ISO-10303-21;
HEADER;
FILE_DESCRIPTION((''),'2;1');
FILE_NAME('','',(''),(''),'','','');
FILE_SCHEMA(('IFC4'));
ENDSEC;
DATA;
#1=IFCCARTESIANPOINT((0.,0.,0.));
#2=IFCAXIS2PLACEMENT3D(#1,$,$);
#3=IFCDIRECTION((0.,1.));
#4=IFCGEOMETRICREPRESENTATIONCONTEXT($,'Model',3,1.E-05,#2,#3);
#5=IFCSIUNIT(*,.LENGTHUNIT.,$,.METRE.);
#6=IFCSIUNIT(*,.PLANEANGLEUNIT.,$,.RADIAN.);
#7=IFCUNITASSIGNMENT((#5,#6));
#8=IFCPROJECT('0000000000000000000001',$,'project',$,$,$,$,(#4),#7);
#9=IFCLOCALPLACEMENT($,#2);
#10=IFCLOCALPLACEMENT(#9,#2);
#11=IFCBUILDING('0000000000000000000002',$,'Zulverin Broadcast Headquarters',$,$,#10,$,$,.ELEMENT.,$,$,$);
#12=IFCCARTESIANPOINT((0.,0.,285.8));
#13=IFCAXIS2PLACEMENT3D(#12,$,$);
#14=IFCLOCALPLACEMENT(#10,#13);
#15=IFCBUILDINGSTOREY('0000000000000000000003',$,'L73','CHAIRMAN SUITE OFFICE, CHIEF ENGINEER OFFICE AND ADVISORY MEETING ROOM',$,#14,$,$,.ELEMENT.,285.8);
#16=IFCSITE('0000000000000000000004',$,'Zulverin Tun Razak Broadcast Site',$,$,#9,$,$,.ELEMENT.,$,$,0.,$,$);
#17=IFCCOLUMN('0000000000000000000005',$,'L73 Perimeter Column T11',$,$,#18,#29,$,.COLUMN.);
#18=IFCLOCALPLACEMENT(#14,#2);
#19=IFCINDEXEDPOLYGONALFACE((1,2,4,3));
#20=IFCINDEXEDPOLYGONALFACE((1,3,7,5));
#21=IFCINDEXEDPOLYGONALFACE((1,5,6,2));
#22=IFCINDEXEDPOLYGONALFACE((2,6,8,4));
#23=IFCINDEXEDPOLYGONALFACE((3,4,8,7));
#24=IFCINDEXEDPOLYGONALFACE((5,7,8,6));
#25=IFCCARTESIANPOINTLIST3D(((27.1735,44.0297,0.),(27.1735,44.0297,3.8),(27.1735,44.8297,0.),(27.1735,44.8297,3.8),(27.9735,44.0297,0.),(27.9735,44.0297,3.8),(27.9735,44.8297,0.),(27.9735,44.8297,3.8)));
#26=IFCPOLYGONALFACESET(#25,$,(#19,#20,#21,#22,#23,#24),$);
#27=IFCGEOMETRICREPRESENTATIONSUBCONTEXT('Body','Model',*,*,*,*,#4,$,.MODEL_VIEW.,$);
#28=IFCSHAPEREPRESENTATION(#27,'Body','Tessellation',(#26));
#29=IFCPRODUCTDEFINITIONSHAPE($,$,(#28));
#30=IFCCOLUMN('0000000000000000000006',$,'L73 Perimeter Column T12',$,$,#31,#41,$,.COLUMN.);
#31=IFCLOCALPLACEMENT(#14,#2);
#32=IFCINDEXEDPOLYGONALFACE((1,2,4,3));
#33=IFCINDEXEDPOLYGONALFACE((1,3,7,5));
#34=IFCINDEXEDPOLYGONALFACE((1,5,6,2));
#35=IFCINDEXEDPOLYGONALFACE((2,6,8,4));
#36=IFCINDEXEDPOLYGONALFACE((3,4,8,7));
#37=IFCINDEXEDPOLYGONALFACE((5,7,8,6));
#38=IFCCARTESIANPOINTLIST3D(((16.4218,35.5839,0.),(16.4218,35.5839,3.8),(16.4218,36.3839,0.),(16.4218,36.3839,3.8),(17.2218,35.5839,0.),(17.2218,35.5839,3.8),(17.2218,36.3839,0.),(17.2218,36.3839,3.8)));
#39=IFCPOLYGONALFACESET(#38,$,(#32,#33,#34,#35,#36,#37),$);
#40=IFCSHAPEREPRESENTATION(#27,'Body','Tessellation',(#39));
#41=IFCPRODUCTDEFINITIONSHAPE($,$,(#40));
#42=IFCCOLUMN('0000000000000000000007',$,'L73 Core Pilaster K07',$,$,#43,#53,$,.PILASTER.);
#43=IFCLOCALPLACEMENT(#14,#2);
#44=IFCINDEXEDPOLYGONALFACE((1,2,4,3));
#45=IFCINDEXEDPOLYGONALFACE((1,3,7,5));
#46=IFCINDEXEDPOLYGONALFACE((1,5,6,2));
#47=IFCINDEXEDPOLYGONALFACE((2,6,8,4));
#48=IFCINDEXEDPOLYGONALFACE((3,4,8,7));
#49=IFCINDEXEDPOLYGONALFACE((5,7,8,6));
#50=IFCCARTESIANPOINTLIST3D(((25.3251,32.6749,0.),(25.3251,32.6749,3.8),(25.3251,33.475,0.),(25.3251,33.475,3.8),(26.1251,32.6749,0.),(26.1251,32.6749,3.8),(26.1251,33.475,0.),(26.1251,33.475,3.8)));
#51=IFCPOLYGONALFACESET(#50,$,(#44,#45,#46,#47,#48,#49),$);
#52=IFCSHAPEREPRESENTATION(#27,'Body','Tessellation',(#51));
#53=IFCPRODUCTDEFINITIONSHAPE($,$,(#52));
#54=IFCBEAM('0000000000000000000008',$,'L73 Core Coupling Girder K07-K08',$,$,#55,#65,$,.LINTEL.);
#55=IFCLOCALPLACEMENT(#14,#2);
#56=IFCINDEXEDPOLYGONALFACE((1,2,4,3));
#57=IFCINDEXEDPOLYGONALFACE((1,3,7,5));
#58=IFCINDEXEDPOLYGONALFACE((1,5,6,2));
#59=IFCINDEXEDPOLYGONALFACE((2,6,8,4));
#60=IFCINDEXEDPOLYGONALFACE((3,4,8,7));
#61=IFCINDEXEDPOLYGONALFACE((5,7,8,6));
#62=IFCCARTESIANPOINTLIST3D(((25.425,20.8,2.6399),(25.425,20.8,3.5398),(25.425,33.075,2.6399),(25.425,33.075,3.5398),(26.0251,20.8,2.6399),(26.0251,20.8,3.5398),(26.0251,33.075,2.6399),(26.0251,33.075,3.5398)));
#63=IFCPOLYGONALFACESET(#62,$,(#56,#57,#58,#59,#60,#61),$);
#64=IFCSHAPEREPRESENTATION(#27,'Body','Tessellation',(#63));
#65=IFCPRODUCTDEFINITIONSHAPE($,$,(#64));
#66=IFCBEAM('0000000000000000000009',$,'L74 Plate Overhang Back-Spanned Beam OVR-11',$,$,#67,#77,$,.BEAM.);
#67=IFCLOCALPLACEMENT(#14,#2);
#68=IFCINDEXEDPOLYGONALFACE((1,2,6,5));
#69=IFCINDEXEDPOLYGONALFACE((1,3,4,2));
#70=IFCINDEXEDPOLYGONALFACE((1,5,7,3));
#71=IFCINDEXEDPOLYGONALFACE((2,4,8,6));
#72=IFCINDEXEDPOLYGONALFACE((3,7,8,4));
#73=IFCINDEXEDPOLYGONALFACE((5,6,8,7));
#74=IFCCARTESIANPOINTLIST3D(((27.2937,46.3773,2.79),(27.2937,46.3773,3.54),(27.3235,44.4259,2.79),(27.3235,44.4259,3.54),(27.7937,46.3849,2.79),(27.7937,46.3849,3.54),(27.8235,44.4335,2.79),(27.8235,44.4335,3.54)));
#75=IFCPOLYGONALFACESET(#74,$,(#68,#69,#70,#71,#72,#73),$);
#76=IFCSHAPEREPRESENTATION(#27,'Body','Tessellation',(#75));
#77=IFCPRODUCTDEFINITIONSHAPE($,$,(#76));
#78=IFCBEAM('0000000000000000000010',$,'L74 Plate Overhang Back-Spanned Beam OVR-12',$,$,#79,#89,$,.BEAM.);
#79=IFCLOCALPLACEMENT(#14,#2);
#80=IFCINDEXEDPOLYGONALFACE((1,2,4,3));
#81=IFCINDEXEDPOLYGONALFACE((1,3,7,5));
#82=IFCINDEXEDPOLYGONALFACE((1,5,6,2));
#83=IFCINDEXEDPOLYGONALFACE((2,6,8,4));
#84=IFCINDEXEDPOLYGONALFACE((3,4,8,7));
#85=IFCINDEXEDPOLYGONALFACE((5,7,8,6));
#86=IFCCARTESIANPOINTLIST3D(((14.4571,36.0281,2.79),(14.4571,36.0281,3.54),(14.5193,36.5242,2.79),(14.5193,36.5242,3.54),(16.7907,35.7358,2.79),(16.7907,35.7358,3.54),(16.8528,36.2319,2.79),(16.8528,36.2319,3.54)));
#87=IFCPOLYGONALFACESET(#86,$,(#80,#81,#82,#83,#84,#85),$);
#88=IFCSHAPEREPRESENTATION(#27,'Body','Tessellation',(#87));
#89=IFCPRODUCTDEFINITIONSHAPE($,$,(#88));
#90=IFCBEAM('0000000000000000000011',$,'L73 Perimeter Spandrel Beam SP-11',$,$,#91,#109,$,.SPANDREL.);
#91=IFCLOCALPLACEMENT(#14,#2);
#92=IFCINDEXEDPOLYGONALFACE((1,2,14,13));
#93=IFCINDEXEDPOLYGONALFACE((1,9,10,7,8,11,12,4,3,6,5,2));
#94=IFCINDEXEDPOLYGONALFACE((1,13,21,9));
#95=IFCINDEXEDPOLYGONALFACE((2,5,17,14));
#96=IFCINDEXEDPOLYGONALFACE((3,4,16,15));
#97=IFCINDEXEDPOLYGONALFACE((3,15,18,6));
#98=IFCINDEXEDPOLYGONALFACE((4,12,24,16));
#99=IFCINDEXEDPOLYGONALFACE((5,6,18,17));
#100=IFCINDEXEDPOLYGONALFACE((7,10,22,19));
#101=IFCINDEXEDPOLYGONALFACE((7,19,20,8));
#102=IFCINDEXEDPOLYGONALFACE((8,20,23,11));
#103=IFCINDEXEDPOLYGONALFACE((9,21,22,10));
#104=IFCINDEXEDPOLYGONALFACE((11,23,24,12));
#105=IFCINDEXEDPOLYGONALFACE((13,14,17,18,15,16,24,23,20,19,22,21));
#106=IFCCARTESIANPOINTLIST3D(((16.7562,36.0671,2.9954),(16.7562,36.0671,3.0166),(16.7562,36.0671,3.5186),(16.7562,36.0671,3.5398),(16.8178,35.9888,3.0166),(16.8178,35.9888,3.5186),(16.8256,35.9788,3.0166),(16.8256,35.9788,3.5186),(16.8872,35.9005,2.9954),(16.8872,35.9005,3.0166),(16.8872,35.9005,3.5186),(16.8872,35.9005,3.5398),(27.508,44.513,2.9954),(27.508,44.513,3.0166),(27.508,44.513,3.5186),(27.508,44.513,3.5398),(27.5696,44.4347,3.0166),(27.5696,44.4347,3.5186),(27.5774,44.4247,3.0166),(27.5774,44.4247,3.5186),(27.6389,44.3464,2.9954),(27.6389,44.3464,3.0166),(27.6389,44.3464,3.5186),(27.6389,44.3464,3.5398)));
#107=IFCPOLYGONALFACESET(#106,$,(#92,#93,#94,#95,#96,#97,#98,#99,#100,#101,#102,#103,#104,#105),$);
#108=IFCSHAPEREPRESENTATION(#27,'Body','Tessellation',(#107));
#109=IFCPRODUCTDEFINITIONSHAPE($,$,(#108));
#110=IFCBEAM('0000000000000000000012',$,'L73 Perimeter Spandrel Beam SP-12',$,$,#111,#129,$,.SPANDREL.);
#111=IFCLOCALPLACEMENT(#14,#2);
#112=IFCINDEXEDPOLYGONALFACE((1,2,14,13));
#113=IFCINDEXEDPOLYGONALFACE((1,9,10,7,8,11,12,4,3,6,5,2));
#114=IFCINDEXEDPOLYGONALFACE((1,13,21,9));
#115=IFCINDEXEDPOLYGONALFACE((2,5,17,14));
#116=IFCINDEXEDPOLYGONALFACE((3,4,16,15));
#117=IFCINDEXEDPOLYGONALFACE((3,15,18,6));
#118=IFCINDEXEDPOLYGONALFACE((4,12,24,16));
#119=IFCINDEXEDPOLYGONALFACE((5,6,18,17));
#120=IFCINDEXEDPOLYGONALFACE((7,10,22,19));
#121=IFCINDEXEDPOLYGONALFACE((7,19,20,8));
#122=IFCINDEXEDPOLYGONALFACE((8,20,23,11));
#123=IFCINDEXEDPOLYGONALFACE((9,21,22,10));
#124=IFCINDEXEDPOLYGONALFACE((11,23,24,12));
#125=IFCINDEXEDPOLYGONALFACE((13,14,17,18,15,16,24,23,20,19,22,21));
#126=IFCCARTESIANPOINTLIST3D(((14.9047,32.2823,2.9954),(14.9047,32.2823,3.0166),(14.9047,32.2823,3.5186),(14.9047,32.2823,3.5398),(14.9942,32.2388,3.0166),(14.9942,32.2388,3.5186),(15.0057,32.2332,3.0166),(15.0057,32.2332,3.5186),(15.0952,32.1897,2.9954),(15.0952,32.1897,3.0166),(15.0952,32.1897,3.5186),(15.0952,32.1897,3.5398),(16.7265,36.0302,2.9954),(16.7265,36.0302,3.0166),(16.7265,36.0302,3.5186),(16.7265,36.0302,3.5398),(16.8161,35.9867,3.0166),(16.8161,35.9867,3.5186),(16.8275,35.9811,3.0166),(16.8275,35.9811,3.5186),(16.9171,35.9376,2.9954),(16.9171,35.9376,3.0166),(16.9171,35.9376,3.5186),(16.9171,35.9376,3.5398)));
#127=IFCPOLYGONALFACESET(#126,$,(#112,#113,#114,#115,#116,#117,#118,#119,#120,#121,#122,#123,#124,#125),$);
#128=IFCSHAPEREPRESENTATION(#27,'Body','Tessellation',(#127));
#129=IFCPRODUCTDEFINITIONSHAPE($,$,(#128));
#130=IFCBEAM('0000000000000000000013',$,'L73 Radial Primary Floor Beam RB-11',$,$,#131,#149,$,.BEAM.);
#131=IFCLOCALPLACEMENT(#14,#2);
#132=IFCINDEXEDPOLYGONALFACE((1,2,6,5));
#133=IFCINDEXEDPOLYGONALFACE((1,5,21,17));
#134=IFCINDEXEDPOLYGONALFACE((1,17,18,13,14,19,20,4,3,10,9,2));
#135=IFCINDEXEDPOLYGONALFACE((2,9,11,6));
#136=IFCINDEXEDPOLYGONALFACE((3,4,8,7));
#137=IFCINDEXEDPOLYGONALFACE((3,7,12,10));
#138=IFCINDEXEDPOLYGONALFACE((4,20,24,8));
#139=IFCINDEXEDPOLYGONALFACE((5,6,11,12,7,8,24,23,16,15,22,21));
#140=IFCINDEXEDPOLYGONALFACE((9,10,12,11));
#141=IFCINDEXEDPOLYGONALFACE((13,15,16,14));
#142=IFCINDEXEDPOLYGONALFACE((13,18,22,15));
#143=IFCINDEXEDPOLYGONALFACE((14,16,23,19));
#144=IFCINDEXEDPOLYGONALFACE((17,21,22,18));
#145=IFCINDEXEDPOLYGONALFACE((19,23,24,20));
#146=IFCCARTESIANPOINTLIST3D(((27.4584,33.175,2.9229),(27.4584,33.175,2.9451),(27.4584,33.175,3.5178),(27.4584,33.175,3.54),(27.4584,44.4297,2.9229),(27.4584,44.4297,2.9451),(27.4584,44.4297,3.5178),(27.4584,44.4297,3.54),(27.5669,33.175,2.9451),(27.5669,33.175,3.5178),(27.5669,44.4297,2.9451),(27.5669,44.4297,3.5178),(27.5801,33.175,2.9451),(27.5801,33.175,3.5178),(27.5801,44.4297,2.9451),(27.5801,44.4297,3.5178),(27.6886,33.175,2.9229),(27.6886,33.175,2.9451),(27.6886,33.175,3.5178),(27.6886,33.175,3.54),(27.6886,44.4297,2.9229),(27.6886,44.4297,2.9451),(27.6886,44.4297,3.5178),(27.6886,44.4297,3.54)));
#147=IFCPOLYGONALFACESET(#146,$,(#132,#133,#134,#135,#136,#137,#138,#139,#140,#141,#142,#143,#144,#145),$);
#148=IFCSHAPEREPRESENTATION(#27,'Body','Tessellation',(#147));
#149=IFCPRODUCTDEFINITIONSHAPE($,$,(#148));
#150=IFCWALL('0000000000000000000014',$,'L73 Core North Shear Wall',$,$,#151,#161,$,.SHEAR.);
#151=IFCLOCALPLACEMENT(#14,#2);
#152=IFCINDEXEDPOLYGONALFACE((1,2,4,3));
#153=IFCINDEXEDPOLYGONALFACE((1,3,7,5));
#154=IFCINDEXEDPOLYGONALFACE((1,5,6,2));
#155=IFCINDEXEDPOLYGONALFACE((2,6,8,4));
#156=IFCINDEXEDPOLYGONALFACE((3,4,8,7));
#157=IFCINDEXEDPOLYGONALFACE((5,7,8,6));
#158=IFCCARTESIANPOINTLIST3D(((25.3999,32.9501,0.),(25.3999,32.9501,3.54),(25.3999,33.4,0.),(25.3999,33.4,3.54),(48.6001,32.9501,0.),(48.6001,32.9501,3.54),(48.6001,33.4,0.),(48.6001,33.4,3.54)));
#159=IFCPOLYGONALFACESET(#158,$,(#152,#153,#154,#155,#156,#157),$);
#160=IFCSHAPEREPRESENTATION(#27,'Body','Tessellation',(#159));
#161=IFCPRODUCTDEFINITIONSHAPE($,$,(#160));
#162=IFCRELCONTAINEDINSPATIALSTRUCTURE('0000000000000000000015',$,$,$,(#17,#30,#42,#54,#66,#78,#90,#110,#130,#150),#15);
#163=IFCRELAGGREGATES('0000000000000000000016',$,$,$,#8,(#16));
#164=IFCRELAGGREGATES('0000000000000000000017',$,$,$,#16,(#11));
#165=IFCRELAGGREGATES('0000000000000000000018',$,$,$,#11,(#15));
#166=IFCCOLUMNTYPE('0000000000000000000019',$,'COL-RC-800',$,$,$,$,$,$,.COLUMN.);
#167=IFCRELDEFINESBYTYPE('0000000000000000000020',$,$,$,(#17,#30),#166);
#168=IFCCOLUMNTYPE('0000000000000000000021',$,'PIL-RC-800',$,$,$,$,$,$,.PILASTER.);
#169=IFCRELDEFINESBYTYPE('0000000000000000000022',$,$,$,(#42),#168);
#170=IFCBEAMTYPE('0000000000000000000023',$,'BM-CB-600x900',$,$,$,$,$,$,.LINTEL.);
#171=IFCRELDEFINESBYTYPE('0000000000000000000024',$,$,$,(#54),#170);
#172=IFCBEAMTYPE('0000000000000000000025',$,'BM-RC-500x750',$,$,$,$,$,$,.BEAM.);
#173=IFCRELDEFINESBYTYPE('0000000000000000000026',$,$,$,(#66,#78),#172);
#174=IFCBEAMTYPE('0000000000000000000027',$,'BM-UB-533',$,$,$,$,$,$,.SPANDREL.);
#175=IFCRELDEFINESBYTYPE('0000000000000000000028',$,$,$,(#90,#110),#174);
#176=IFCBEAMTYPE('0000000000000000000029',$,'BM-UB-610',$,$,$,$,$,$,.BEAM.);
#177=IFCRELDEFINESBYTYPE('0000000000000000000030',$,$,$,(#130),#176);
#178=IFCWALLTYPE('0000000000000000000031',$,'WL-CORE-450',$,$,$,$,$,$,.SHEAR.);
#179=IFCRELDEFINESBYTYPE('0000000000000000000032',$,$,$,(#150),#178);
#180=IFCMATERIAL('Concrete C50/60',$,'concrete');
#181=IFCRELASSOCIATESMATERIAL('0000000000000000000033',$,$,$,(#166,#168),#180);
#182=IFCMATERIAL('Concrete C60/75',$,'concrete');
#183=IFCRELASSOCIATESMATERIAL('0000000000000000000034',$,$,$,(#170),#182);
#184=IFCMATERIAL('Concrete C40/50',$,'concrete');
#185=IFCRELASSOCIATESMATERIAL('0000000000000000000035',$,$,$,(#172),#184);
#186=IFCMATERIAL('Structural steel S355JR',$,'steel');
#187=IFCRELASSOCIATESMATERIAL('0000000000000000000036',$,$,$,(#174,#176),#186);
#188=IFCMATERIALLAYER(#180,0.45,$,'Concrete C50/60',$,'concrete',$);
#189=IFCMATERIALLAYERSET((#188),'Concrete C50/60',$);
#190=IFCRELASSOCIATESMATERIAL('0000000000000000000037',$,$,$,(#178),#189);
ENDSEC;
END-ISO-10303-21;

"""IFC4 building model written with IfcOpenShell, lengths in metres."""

from ifc_helpers import new_model, si_unit, direction, frame, frame_2d, origin, origin_2d, place, context, subcontext, project, spatial, rectangle, i_section, extrude, material, layer, layer_set, material_profile, profile_set, type_object, element, save


model = new_model("IFC4")

# Units and contexts
model_context = context("Model", 3, precision=1e-05, world=origin(), true_north=direction((0.0, 1.0)))
body_context = subcontext(model_context, "Body", "Model", "MODEL_VIEW")
ifc_project = project(units=[si_unit("LENGTHUNIT", "METRE"), si_unit("PLANEANGLEUNIT", "RADIAN")], contexts=[model_context])

# Site, building, storey
site_placement = place(None, origin())
site = spatial("IfcSite", under=ifc_project, at=site_placement, Name="Zulverin Tun Razak Broadcast Site", CompositionType="ELEMENT", RefElevation=0.0)
building_placement = place(site_placement, origin())
building = spatial("IfcBuilding", under=site, at=building_placement, Name="Zulverin Broadcast Headquarters", CompositionType="ELEMENT")
storey_placement = place(building_placement, frame((0.0, 0.0, 285.8)))
storey = spatial("IfcBuildingStorey", under=building, at=storey_placement, Name="L73", Description="CHAIRMAN SUITE OFFICE, CHIEF ENGINEER OFFICE AND ADVISORY MEETING ROOM", CompositionType="ELEMENT", Elevation=285.8)

# Columns
ifc_material_1 = material(Name="Concrete C50/60", Category="concrete")
ifc_material_profile_1 = material_profile(ifc_material_1, rectangle(XDim=0.8, YDim=0.8, at=origin_2d()), Name="Concrete C50/60", Category="concrete")
ifc_profile_set_1 = profile_set([ifc_material_profile_1], Name="Concrete C50/60")
column_type_1 = type_object("IfcColumnType", Name="COL-RC-800", PredefinedType="COLUMN", material=ifc_profile_set_1)
for number, where, z_axis, x_axis, name in (
    (1, (27.5735, 44.4297, 0.0), (0.0, 0.0, 1.0), (1.0, 0.0, 0.0), "L73 Perimeter Column T11"),
    (2, (16.8218, 35.9839, 0.0), (0.0, 0.0, 1.0), (1.0, 0.0, 0.0), "L73 Perimeter Column T12"),
):
    element("IfcColumn", number, at=place(storey_placement, frame(where, z_axis=z_axis, x_axis=x_axis)), inside=storey, type_object=column_type_1, Name=name, PredefinedType="COLUMN", context=body_context, shape_type="SweptSolid", body=[
        extrude(rectangle(XDim=0.8, YDim=0.8, at=origin_2d()), origin(), (0.0, 0.0, 1.0), 3.8),
    ])
ifc_material_profile_2 = material_profile(ifc_material_1, rectangle(XDim=0.8, YDim=0.8, at=origin_2d()), Name="Concrete C50/60", Category="concrete")
ifc_profile_set_2 = profile_set([ifc_material_profile_2], Name="Concrete C50/60")
column_type_2 = type_object("IfcColumnType", Name="PIL-RC-800", PredefinedType="PILASTER", material=ifc_profile_set_2)
column_placement = place(storey_placement, frame((25.7251, 33.075, 0.0), z_axis=(0.0, 0.0, 1.0), x_axis=(1.0, 0.0, 0.0)))
element("IfcColumn", 3, at=column_placement, inside=storey, type_object=column_type_2, Name="L73 Core Pilaster K07", PredefinedType="PILASTER", context=body_context, shape_type="SweptSolid", body=[
    extrude(rectangle(XDim=0.8, YDim=0.8, at=origin_2d()), origin(), (0.0, 0.0, 1.0), 3.8),
])

# Beams
ifc_material_2 = material(Name="Concrete C60/75", Category="concrete")
ifc_material_profile_3 = material_profile(ifc_material_2, rectangle(XDim=0.6001, YDim=0.8999, at=origin_2d()), Name="Concrete C60/75", Category="concrete")
ifc_profile_set_3 = profile_set([ifc_material_profile_3], Name="Concrete C60/75")
beam_type_1 = type_object("IfcBeamType", Name="BM-CB-600x900", PredefinedType="LINTEL", material=ifc_profile_set_3)
beam_1_placement = place(storey_placement, frame((25.7251, 33.075, 3.0898), z_axis=(0.0, -1.0, 0.0), x_axis=(1.0, 0.0, 0.0)))
element("IfcBeam", 4, at=beam_1_placement, inside=storey, type_object=beam_type_1, Name="L73 Core Coupling Girder K07-K08", PredefinedType="LINTEL", context=body_context, shape_type="SweptSolid", body=[
    extrude(rectangle(XDim=0.6001, YDim=0.8999, at=origin_2d()), origin(), (0.0, 0.0, 1.0), 12.2749),
])
ifc_material_3 = material(Name="Concrete C40/50", Category="concrete")
ifc_material_profile_4 = material_profile(ifc_material_3, rectangle(XDim=0.5, YDim=0.75, at=origin_2d()), Name="Concrete C40/50", Category="concrete")
ifc_profile_set_4 = profile_set([ifc_material_profile_4], Name="Concrete C40/50")
beam_type_2 = type_object("IfcBeamType", Name="BM-RC-500x750", PredefinedType="BEAM", material=ifc_profile_set_4)
beam_2_placement = place(storey_placement, frame((27.5735, 44.4297, 3.165), z_axis=(-0.015262, 0.999884, 0.0), x_axis=(-0.999884, -0.015262, 0.0)))
element("IfcBeam", 5, at=beam_2_placement, inside=storey, type_object=beam_type_2, Name="L74 Plate Overhang Back-Spanned Beam OVR-11", PredefinedType="BEAM", context=body_context, shape_type="SweptSolid", body=[
    extrude(rectangle(XDim=0.5, YDim=0.75, at=origin_2d()), origin(), (0.0, 0.0, 1.0), 1.9517),
])
beam_3_placement = place(storey_placement, frame((16.8218, 35.9839, 3.165), z_axis=(-0.992249, 0.124265, 0.0), x_axis=(-0.124265, -0.992249, 0.0)))
element("IfcBeam", 6, at=beam_3_placement, inside=storey, type_object=beam_type_2, Name="L74 Plate Overhang Back-Spanned Beam OVR-12", PredefinedType="BEAM", context=body_context, shape_type="SweptSolid", body=[
    extrude(rectangle(XDim=0.5, YDim=0.75, at=origin_2d()), origin(), (0.0, 0.0, 1.0), 2.3518),
])
ifc_material_4 = material(Name="Structural steel S355JR", Category="steel")
ifc_material_profile_5 = material_profile(ifc_material_4, i_section(OverallWidth=0.2119, OverallDepth=0.5444, WebThickness=0.0127, FlangeThickness=0.0212, at=origin_2d()), Name="Structural steel S355JR", Category="steel")
ifc_profile_set_5 = profile_set([ifc_material_profile_5], Name="Structural steel S355JR")
beam_type_3 = type_object("IfcBeamType", Name="BM-UB-533", PredefinedType="SPANDREL", material=ifc_profile_set_5)
beam_4_placement = place(storey_placement, frame((27.5735, 44.4297, 3.2676), z_axis=(-0.786388, -0.617732, 0.0), x_axis=(0.617732, -0.786388, 0.0)))
element("IfcBeam", 7, at=beam_4_placement, inside=storey, type_object=beam_type_3, Name="L73 Perimeter Spandrel Beam SP-11", PredefinedType="SPANDREL", context=body_context, shape_type="SweptSolid", body=[
    extrude(i_section(OverallWidth=0.2119, OverallDepth=0.5444, WebThickness=0.0127, FlangeThickness=0.0212, at=origin_2d()), origin(), (0.0, 0.0, 1.0), 13.6724),
])
beam_5_placement = place(storey_placement, frame((16.8218, 35.9839, 3.2676), z_axis=(-0.437179, -0.899375, 0.0), x_axis=(0.899375, -0.437179, 0.0)))
element("IfcBeam", 8, at=beam_5_placement, inside=storey, type_object=beam_type_3, Name="L73 Perimeter Spandrel Beam SP-12", PredefinedType="SPANDREL", context=body_context, shape_type="SweptSolid", body=[
    extrude(i_section(OverallWidth=0.2119, OverallDepth=0.5444, WebThickness=0.0127, FlangeThickness=0.0212, at=origin_2d()), origin(), (0.0, 0.0, 1.0), 4.1672),
])
ifc_material_profile_6 = material_profile(ifc_material_4, i_section(OverallWidth=0.2302, OverallDepth=0.6172, WebThickness=0.0132, FlangeThickness=0.0222, at=origin_2d()), Name="Structural steel S355JR", Category="steel")
ifc_profile_set_6 = profile_set([ifc_material_profile_6], Name="Structural steel S355JR")
beam_type_4 = type_object("IfcBeamType", Name="BM-UB-610", PredefinedType="BEAM", material=ifc_profile_set_6)
beam_6_placement = place(storey_placement, frame((27.5735, 33.175, 3.2314), z_axis=(0.0, 1.0, 0.0), x_axis=(-1.0, 0.0, 0.0)))
element("IfcBeam", 9, at=beam_6_placement, inside=storey, type_object=beam_type_4, Name="L73 Radial Primary Floor Beam RB-11", PredefinedType="BEAM", context=body_context, shape_type="SweptSolid", body=[
    extrude(i_section(OverallWidth=0.2302, OverallDepth=0.6172, WebThickness=0.0132, FlangeThickness=0.0222, at=origin_2d()), origin(), (0.0, 0.0, 1.0), 11.2546),
])

# Wall
ifc_layer_1 = layer(ifc_material_1, 0.45, Name="Concrete C50/60", Category="concrete")
ifc_layer_set_1 = layer_set([ifc_layer_1], Name="Concrete C50/60")
wall_type_1 = type_object("IfcWallType", Name="WL-CORE-450", PredefinedType="SHEAR", material=ifc_layer_set_1)
wall_1_placement = place(storey_placement, frame((25.3999, 33.175, 0.0), z_axis=(0.0, 0.0, 1.0), x_axis=(1.0, 0.0, 0.0)))
element("IfcWall", 10, at=wall_1_placement, inside=storey, type_object=wall_type_1, Name="L73 Core North Shear Wall", PredefinedType="SHEAR", context=body_context, shape_type="SweptSolid", body=[
    extrude(rectangle(XDim=23.2002, YDim=0.45, at=frame_2d((11.6001, 0.0))), origin(), (0.0, 0.0, 1.0), 3.54),
])

save(model, "model.ifc")
